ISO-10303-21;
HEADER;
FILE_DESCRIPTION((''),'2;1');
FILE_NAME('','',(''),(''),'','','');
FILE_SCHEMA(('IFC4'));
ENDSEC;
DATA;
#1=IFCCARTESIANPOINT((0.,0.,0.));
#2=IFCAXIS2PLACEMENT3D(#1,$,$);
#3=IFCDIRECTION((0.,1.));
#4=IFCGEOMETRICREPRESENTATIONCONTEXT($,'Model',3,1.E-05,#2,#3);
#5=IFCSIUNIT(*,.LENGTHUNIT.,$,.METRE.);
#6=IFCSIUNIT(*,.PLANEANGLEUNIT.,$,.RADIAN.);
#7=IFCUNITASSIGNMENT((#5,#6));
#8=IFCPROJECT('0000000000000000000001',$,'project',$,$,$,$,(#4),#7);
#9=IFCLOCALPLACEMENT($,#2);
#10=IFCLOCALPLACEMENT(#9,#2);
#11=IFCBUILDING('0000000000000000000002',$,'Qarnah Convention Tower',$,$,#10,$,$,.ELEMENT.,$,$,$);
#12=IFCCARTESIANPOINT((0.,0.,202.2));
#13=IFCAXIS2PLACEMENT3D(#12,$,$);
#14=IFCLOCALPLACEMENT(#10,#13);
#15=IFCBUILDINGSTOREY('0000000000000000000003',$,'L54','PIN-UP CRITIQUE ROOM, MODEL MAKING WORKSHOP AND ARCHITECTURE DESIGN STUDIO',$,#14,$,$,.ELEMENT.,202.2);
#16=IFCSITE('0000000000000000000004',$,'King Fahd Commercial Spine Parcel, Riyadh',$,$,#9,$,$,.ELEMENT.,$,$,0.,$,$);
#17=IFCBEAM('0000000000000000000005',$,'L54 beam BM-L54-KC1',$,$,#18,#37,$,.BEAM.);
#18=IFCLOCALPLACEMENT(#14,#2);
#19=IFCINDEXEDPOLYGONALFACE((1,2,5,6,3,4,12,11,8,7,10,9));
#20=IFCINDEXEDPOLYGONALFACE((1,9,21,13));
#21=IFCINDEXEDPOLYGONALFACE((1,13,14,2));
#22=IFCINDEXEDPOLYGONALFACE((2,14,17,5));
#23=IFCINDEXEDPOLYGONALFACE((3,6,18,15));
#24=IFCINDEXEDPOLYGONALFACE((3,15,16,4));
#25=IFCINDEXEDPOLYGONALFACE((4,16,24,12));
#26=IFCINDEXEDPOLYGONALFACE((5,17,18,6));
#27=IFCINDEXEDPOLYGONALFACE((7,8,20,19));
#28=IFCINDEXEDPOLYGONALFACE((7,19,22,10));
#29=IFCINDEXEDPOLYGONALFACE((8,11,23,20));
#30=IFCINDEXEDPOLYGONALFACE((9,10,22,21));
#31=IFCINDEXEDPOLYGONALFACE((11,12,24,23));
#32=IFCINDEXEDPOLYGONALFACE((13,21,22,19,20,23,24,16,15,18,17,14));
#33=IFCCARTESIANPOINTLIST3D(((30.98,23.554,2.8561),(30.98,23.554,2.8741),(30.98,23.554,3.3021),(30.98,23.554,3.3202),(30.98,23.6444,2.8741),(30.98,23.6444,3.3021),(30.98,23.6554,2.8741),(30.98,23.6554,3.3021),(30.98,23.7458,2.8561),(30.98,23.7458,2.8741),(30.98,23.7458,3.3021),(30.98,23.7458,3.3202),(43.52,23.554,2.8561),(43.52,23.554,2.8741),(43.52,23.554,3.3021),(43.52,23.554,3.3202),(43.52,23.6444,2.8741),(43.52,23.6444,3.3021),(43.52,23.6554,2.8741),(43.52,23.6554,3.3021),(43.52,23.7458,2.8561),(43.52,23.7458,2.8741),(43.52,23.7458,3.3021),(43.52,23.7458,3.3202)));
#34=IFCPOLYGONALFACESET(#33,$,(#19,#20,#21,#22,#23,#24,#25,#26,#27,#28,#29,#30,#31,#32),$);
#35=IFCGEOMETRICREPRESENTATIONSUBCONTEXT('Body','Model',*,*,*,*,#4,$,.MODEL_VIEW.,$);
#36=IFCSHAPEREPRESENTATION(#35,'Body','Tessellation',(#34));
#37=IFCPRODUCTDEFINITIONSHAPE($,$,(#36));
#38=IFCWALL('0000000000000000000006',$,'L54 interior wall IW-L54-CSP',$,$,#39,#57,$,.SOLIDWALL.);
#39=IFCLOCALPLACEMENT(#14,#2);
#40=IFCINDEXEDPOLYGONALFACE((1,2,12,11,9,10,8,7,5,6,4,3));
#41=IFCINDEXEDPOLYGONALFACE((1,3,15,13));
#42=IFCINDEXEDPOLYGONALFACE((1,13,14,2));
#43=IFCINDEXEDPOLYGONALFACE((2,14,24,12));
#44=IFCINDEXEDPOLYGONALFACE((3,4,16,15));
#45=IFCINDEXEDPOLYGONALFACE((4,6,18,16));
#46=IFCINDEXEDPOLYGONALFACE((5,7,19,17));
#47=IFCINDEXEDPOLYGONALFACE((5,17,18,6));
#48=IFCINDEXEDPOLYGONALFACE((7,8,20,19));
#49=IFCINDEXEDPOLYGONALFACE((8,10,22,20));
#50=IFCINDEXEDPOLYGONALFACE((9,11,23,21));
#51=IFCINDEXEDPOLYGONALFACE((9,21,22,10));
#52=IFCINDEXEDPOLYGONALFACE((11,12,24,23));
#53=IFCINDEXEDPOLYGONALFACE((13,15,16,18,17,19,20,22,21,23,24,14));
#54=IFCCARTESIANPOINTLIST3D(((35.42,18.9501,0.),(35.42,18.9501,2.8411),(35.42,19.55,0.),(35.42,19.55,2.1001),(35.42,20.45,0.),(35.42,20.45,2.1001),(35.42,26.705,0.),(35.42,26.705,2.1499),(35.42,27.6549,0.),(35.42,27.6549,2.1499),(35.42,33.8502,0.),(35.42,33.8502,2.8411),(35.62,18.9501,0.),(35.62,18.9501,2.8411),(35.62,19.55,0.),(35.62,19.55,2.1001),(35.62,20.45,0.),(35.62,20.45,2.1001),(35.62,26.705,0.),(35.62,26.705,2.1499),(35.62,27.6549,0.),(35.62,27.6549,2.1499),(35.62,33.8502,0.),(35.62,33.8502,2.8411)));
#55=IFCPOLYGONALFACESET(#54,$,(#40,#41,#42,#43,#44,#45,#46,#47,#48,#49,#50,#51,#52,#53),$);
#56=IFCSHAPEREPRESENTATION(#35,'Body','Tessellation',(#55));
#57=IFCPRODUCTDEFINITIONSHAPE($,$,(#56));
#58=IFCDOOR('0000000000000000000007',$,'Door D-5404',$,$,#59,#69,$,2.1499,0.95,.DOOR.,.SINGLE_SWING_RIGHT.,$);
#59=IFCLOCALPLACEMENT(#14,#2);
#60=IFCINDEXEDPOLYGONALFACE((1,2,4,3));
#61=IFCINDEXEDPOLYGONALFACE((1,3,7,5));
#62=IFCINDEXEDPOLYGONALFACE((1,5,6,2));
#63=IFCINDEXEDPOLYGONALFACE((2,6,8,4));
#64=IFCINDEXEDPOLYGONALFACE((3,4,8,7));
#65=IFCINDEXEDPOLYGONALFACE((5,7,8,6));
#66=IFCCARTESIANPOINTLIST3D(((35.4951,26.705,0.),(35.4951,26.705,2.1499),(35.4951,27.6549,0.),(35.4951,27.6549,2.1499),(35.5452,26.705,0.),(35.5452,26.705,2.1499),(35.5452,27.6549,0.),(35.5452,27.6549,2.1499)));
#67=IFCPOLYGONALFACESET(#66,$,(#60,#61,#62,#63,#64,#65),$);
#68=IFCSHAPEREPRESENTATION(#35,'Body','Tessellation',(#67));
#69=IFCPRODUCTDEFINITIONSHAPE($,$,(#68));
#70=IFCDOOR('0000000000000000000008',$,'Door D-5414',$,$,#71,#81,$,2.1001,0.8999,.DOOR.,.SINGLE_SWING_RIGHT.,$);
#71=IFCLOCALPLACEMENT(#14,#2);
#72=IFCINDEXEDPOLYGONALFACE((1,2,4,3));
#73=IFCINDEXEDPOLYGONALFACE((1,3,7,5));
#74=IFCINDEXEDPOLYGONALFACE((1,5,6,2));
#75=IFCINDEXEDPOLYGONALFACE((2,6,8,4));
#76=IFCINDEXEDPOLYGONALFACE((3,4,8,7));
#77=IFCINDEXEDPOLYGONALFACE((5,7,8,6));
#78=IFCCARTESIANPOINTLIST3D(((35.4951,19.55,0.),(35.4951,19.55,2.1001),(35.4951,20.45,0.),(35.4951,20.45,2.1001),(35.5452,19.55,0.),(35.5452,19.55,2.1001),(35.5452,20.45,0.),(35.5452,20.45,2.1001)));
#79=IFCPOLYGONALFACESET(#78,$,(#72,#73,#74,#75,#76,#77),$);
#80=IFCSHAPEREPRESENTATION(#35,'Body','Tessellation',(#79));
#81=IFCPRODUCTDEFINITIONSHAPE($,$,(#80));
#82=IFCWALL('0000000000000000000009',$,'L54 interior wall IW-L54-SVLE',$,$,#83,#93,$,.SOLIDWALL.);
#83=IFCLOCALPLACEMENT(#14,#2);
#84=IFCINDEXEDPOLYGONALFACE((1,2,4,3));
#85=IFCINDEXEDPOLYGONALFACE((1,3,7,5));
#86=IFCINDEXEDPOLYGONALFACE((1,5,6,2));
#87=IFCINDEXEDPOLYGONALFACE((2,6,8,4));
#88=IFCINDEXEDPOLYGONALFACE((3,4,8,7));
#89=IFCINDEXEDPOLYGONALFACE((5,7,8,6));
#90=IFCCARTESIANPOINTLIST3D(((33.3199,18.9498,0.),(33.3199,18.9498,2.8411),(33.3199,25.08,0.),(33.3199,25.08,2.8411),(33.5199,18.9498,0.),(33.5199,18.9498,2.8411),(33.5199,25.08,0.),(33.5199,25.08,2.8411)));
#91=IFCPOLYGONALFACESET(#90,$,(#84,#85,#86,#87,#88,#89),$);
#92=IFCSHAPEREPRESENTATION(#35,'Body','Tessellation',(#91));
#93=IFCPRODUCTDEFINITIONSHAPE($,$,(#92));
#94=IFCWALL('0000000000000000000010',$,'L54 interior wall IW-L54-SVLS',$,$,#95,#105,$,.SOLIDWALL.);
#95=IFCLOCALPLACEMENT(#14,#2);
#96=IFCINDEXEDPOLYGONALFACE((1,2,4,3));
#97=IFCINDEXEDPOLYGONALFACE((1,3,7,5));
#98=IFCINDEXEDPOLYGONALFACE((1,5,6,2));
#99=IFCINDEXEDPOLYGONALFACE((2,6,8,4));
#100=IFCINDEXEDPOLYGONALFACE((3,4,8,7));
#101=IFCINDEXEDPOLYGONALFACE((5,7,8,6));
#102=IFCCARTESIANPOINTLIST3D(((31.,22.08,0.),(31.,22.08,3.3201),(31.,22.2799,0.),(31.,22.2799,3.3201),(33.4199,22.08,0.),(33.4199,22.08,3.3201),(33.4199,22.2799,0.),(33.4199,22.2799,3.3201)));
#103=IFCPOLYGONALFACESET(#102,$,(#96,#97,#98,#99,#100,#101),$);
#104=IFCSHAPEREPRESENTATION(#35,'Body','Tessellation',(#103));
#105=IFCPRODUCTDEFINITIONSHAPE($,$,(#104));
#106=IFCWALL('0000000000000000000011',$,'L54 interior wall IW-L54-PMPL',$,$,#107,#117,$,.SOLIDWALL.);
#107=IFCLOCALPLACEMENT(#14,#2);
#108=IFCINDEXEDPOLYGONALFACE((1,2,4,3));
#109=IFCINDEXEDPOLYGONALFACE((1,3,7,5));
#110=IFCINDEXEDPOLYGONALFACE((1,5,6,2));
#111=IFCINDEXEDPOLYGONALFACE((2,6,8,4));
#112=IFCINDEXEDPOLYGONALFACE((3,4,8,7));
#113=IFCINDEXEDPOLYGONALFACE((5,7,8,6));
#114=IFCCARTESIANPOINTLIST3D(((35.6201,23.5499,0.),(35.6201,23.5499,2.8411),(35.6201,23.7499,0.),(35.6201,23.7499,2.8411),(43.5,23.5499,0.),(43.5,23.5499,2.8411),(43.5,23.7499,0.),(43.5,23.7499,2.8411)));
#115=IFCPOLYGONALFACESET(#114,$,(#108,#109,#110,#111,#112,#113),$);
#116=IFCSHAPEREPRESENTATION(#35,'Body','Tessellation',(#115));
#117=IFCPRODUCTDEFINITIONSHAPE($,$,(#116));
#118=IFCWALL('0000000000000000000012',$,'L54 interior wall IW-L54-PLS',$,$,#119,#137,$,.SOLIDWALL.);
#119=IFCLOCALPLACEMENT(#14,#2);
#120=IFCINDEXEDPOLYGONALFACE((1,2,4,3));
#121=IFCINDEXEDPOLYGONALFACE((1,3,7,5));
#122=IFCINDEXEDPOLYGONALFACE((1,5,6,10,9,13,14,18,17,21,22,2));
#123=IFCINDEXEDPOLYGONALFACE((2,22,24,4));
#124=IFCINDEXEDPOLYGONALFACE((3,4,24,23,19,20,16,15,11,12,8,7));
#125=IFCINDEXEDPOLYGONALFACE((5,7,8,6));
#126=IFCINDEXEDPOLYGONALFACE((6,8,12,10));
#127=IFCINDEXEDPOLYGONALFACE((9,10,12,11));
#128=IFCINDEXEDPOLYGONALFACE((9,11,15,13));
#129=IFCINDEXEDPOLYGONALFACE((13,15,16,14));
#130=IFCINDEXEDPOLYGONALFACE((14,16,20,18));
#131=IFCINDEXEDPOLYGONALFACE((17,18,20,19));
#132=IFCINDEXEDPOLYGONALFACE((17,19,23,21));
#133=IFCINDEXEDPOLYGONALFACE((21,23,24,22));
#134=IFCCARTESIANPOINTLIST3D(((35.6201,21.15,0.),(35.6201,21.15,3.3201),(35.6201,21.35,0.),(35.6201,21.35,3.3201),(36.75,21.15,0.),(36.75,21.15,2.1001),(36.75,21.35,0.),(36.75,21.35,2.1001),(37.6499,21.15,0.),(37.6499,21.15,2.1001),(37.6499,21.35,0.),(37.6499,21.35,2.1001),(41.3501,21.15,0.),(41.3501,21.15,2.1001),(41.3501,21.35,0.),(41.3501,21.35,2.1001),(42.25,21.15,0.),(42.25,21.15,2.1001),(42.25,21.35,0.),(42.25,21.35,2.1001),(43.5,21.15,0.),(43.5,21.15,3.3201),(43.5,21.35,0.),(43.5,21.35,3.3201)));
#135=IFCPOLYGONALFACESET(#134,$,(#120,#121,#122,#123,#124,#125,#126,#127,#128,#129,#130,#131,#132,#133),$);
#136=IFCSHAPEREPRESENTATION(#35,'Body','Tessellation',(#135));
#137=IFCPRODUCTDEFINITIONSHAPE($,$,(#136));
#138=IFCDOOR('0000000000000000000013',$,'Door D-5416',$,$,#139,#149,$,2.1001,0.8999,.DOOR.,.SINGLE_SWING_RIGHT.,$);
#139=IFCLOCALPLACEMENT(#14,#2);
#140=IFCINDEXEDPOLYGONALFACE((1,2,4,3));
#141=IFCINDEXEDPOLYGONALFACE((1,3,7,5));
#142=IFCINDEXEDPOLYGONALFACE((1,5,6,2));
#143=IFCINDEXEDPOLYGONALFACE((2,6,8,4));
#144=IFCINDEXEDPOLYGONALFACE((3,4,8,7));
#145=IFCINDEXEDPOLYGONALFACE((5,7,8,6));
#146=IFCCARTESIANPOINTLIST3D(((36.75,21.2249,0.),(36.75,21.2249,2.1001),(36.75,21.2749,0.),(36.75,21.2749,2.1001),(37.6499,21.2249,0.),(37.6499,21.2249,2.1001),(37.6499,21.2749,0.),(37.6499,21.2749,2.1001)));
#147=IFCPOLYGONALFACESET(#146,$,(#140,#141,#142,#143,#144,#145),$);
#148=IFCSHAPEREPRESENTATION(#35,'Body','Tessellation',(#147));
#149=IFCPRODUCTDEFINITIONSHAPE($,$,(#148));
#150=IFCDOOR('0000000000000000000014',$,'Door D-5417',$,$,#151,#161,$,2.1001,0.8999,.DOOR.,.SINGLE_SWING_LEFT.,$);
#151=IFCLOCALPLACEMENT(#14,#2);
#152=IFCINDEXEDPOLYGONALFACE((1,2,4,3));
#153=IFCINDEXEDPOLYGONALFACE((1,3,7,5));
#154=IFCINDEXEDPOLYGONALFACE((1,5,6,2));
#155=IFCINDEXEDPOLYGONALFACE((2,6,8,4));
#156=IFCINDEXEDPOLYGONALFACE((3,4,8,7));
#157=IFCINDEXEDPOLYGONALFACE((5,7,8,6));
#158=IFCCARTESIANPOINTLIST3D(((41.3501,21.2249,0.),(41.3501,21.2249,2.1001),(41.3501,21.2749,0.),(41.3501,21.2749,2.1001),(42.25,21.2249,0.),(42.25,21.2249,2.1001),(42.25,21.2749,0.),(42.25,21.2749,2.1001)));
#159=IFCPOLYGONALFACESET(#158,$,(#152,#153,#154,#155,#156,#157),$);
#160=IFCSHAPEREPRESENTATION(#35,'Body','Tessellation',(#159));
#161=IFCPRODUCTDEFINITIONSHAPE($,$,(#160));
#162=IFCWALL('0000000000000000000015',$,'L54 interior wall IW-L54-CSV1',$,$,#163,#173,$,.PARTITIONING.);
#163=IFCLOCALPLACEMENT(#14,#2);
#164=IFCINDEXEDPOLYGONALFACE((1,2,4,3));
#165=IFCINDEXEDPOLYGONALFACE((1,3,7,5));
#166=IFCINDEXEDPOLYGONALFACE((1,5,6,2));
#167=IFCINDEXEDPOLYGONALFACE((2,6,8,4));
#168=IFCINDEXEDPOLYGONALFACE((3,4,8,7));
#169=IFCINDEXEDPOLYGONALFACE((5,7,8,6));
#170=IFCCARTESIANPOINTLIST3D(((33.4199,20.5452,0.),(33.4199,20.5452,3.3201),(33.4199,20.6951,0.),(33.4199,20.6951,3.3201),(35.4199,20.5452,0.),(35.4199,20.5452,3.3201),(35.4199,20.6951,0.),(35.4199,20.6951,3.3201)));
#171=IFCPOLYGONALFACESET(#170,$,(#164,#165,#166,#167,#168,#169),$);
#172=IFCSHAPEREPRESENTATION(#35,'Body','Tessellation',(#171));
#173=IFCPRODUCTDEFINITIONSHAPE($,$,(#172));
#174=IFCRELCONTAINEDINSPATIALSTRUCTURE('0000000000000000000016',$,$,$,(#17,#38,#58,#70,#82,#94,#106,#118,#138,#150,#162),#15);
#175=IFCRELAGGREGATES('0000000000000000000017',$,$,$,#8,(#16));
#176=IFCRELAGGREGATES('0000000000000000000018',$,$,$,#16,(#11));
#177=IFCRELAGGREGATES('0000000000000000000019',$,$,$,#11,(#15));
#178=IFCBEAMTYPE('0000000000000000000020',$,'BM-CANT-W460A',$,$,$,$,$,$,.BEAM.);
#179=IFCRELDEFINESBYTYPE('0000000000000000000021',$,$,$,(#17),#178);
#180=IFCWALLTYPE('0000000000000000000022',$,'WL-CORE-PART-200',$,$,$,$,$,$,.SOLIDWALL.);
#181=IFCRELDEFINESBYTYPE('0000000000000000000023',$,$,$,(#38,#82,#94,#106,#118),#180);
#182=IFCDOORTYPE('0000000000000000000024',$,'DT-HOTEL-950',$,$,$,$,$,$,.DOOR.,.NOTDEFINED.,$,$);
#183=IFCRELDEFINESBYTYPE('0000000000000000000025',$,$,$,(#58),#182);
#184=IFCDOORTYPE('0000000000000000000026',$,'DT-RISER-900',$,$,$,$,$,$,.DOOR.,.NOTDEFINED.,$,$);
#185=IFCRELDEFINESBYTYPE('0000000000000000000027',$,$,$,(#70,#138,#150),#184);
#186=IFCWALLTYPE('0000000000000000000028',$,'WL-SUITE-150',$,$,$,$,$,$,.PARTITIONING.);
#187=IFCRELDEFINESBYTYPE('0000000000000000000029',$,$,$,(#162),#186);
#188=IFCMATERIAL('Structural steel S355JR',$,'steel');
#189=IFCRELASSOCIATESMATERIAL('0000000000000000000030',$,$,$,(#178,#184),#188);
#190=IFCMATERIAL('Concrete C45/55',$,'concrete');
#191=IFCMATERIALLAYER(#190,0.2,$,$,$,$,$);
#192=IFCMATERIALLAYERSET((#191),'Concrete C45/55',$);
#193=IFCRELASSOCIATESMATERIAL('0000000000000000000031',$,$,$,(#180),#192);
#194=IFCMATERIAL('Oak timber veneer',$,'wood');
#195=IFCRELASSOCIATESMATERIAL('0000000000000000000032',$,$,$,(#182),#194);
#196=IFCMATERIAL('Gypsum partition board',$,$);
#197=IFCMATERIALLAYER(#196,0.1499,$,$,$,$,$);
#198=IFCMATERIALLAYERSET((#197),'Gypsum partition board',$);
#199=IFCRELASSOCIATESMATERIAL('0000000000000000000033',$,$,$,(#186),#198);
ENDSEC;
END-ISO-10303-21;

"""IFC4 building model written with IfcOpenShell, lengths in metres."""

from ifc_helpers import new_model, si_unit, direction, frame, frame_2d, origin, origin_2d, place, context, subcontext, project, spatial, rectangle, i_section, extrude, material, layer, layer_set, material_profile, profile_set, type_object, element, fill, save


model = new_model("IFC4")

# Units and contexts
model_context = context("Model", 3, precision=1e-05, world=origin(), true_north=direction((0.0, 1.0)))
body_context = subcontext(model_context, "Body", "Model", "MODEL_VIEW")
ifc_project = project(units=[si_unit("LENGTHUNIT", "METRE"), si_unit("PLANEANGLEUNIT", "RADIAN")], contexts=[model_context])

# Site, building, storey
site_placement = place(None, origin())
site = spatial("IfcSite", under=ifc_project, at=site_placement, Name="King Fahd Commercial Spine Parcel, Riyadh", CompositionType="ELEMENT", RefElevation=0.0)
building_placement = place(site_placement, origin())
building = spatial("IfcBuilding", under=site, at=building_placement, Name="Qarnah Convention Tower", CompositionType="ELEMENT")
storey_placement = place(building_placement, frame((0.0, 0.0, 202.2)))
storey = spatial("IfcBuildingStorey", under=building, at=storey_placement, Name="L54", Description="PIN-UP CRITIQUE ROOM, MODEL MAKING WORKSHOP AND ARCHITECTURE DESIGN STUDIO", CompositionType="ELEMENT", Elevation=202.2)

# Beam
ifc_material_1 = material(Name="Structural steel S355JR", Category="steel")
ifc_material_profile = material_profile(ifc_material_1, i_section(OverallWidth=0.1919, OverallDepth=0.4641, WebThickness=0.011, FlangeThickness=0.0181, at=origin_2d()), Name="W460X89")
ifc_profile_set = profile_set([ifc_material_profile], Name="Structural steel S355JR")
beam_type = type_object("IfcBeamType", Name="BM-CANT-W460A", PredefinedType="BEAM", material=ifc_profile_set)
beam_placement = place(storey_placement, frame((30.98, 23.6499, 3.0881), z_axis=(1.0, 0.0, 0.0), x_axis=(0.0, 1.0, 0.0)))
element("IfcBeam", 1, at=beam_placement, inside=storey, type_object=beam_type, Name="L54 beam BM-L54-KC1", PredefinedType="BEAM", context=body_context, shape_type="SweptSolid", body=[
    extrude(i_section(OverallWidth=0.1919, OverallDepth=0.4641, WebThickness=0.011, FlangeThickness=0.0181, at=origin_2d()), origin(), (0.0, 0.0, 1.0), 12.54),
])

# Wall, openings, doors
ifc_material_2 = material(Name="Concrete C45/55", Category="concrete")
ifc_layer_1 = layer(ifc_material_2, 0.2)
ifc_layer_set_1 = layer_set([ifc_layer_1], Name="Concrete C45/55")
wall_type_1 = type_object("IfcWallType", Name="WL-CORE-PART-200", PredefinedType="SOLIDWALL", material=ifc_layer_set_1)
wall_1_placement = place(storey_placement, frame((35.52, 18.95, 0.0), z_axis=(0.0, 0.0, 1.0), x_axis=(0.0, 1.0, 0.0)))
wall_1 = element("IfcWall", 2, at=wall_1_placement, inside=storey, type_object=wall_type_1, Name="L54 interior wall IW-L54-CSP", PredefinedType="SOLIDWALL", context=body_context, shape_type="SweptSolid", body=[
    extrude(rectangle(XDim=14.9001, YDim=0.2, at=frame_2d((7.4502, 0.0))), origin(), (0.0, 0.0, 1.0), 2.8411),
])
opening_1_placement = place(wall_1_placement, frame((7.7549, 0.0, 0.0)))
opening_1 = element("IfcOpeningElement", 3, at=opening_1_placement, cuts=wall_1, PredefinedType="OPENING", context=body_context, shape_type="SweptSolid", body=[
    extrude(rectangle(XDim=0.95, YDim=2.1499, at=frame_2d((0.4751, 1.075))), frame((0.0, 0.1099, 0.0), z_axis=(0.0, -1.0, 0.0), x_axis=(1.0, 0.0, 0.0)), (0.0, 0.0, 1.0), 0.22),
])
opening_2_placement = place(wall_1_placement, frame((0.6001, 0.0, 0.0)))
opening_2 = element("IfcOpeningElement", 4, at=opening_2_placement, cuts=wall_1, PredefinedType="OPENING", context=body_context, shape_type="SweptSolid", body=[
    extrude(rectangle(XDim=0.8999, YDim=2.1001, at=frame_2d((0.45, 1.05))), frame((0.0, 0.1099, 0.0), z_axis=(0.0, -1.0, 0.0), x_axis=(1.0, 0.0, 0.0)), (0.0, 0.0, 1.0), 0.22),
])
ifc_material_3 = material(Name="Oak timber veneer", Category="wood")
door_type_1 = type_object("IfcDoorType", Name="DT-HOTEL-950", OperationType="NOTDEFINED", PredefinedType="DOOR", material=ifc_material_3)
door_1_placement = place(opening_1_placement, origin())
door_1 = element("IfcDoor", 5, at=door_1_placement, inside=storey, type_object=door_type_1, Name="Door D-5404", OperationType="SINGLE_SWING_RIGHT", OverallHeight=2.1499, OverallWidth=0.95, PredefinedType="DOOR", context=body_context, shape_type="SweptSolid", body=[
    extrude(rectangle(XDim=0.95, YDim=2.1499, at=frame_2d((0.4751, 1.075))), frame((0.0, 0.0249, 0.0), z_axis=(0.0, -1.0, 0.0), x_axis=(1.0, 0.0, 0.0)), (0.0, 0.0, 1.0), 0.05),
])
fill(opening_1, door_1)
door_type_2 = type_object("IfcDoorType", Name="DT-RISER-900", OperationType="NOTDEFINED", PredefinedType="DOOR", material=ifc_material_1)
door_2_placement = place(opening_2_placement, origin())
door_2 = element("IfcDoor", 6, at=door_2_placement, inside=storey, type_object=door_type_2, Name="Door D-5414", OperationType="SINGLE_SWING_RIGHT", OverallHeight=2.1001, OverallWidth=0.8999, PredefinedType="DOOR", context=body_context, shape_type="SweptSolid", body=[
    extrude(rectangle(XDim=0.8999, YDim=2.1001, at=frame_2d((0.45, 1.05))), frame((0.0, 0.0249, 0.0), z_axis=(0.0, -1.0, 0.0), x_axis=(1.0, 0.0, 0.0)), (0.0, 0.0, 1.0), 0.05),
])
fill(opening_2, door_2)

# Walls
wall_2_placement = place(storey_placement, frame((33.4199, 18.95, 0.0), z_axis=(0.0, 0.0, 1.0), x_axis=(0.0, 1.0, 0.0)))
element("IfcWall", 7, at=wall_2_placement, inside=storey, type_object=wall_type_1, Name="L54 interior wall IW-L54-SVLE", PredefinedType="SOLIDWALL", context=body_context, shape_type="SweptSolid", body=[
    extrude(rectangle(XDim=6.1301, YDim=0.2, at=frame_2d((3.0649, 0.0))), origin(), (0.0, 0.0, 1.0), 2.8411),
])
wall_3_placement = place(storey_placement, frame((31.0, 22.1799, 0.0), z_axis=(0.0, 0.0, 1.0), x_axis=(1.0, 0.0, 0.0)))
element("IfcWall", 8, at=wall_3_placement, inside=storey, type_object=wall_type_1, Name="L54 interior wall IW-L54-SVLS", PredefinedType="SOLIDWALL", context=body_context, shape_type="SweptSolid", body=[
    extrude(rectangle(XDim=2.4199, YDim=0.2, at=frame_2d((1.21, 0.0))), origin(), (0.0, 0.0, 1.0), 3.3201),
])
wall_4_placement = place(storey_placement, frame((35.6201, 23.6499, 0.0), z_axis=(0.0, 0.0, 1.0), x_axis=(1.0, 0.0, 0.0)))
element("IfcWall", 9, at=wall_4_placement, inside=storey, type_object=wall_type_1, Name="L54 interior wall IW-L54-PMPL", PredefinedType="SOLIDWALL", context=body_context, shape_type="SweptSolid", body=[
    extrude(rectangle(XDim=7.8799, YDim=0.2, at=frame_2d((3.9399, 0.0))), origin(), (0.0, 0.0, 1.0), 2.8411),
])

# Wall, openings, doors
wall_5_placement = place(storey_placement, frame((35.6201, 21.25, 0.0), z_axis=(0.0, 0.0, 1.0), x_axis=(1.0, 0.0, 0.0)))
wall_5 = element("IfcWall", 10, at=wall_5_placement, inside=storey, type_object=wall_type_1, Name="L54 interior wall IW-L54-PLS", PredefinedType="SOLIDWALL", context=body_context, shape_type="SweptSolid", body=[
    extrude(rectangle(XDim=7.8799, YDim=0.2, at=frame_2d((3.9399, 0.0))), origin(), (0.0, 0.0, 1.0), 3.3201),
])
opening_3_placement = place(wall_5_placement, frame((1.1299, 0.0, 0.0)))
opening_3 = element("IfcOpeningElement", 11, at=opening_3_placement, cuts=wall_5, PredefinedType="OPENING", context=body_context, shape_type="SweptSolid", body=[
    extrude(rectangle(XDim=0.8999, YDim=2.1001, at=frame_2d((0.45, 1.05))), frame((0.0, 0.1099, 0.0), z_axis=(0.0, -1.0, 0.0), x_axis=(1.0, 0.0, 0.0)), (0.0, 0.0, 1.0), 0.22),
])
opening_4_placement = place(wall_5_placement, frame((5.73, 0.0, 0.0)))
opening_4 = element("IfcOpeningElement", 12, at=opening_4_placement, cuts=wall_5, PredefinedType="OPENING", context=body_context, shape_type="SweptSolid", body=[
    extrude(rectangle(XDim=0.8999, YDim=2.1001, at=frame_2d((0.45, 1.05))), frame((0.0, 0.1099, 0.0), z_axis=(0.0, -1.0, 0.0), x_axis=(1.0, 0.0, 0.0)), (0.0, 0.0, 1.0), 0.22),
])
door_3_placement = place(opening_3_placement, origin())
door_3 = element("IfcDoor", 13, at=door_3_placement, inside=storey, type_object=door_type_2, Name="Door D-5416", OperationType="SINGLE_SWING_RIGHT", OverallHeight=2.1001, OverallWidth=0.8999, PredefinedType="DOOR", context=body_context, shape_type="SweptSolid", body=[
    extrude(rectangle(XDim=0.8999, YDim=2.1001, at=frame_2d((0.45, 1.05))), frame((0.0, 0.0249, 0.0), z_axis=(0.0, -1.0, 0.0), x_axis=(1.0, 0.0, 0.0)), (0.0, 0.0, 1.0), 0.05),
])
fill(opening_3, door_3)
door_4_placement = place(opening_4_placement, origin())
door_4 = element("IfcDoor", 14, at=door_4_placement, inside=storey, type_object=door_type_2, Name="Door D-5417", OperationType="SINGLE_SWING_LEFT", OverallHeight=2.1001, OverallWidth=0.8999, PredefinedType="DOOR", context=body_context, shape_type="SweptSolid", body=[
    extrude(rectangle(XDim=0.8999, YDim=2.1001, at=frame_2d((0.45, 1.05))), frame((0.0, 0.0249, 0.0), z_axis=(0.0, -1.0, 0.0), x_axis=(1.0, 0.0, 0.0)), (0.0, 0.0, 1.0), 0.05),
])
fill(opening_4, door_4)

# Wall
ifc_material_4 = material(Name="Gypsum partition board")
ifc_layer_2 = layer(ifc_material_4, 0.1499)
ifc_layer_set_2 = layer_set([ifc_layer_2], Name="Gypsum partition board")
wall_type_2 = type_object("IfcWallType", Name="WL-SUITE-150", PredefinedType="PARTITIONING", material=ifc_layer_set_2)
wall_6_placement = place(storey_placement, frame((33.4199, 20.6201, 0.0), z_axis=(0.0, 0.0, 1.0), x_axis=(1.0, 0.0, 0.0)))
element("IfcWall", 15, at=wall_6_placement, inside=storey, type_object=wall_type_2, Name="L54 interior wall IW-L54-CSV1", PredefinedType="PARTITIONING", context=body_context, shape_type="SweptSolid", body=[
    extrude(rectangle(XDim=2.0, YDim=0.1499, at=frame_2d((1.0, 0.0))), origin(), (0.0, 0.0, 1.0), 3.3201),
])

save(model, "model.ifc")
